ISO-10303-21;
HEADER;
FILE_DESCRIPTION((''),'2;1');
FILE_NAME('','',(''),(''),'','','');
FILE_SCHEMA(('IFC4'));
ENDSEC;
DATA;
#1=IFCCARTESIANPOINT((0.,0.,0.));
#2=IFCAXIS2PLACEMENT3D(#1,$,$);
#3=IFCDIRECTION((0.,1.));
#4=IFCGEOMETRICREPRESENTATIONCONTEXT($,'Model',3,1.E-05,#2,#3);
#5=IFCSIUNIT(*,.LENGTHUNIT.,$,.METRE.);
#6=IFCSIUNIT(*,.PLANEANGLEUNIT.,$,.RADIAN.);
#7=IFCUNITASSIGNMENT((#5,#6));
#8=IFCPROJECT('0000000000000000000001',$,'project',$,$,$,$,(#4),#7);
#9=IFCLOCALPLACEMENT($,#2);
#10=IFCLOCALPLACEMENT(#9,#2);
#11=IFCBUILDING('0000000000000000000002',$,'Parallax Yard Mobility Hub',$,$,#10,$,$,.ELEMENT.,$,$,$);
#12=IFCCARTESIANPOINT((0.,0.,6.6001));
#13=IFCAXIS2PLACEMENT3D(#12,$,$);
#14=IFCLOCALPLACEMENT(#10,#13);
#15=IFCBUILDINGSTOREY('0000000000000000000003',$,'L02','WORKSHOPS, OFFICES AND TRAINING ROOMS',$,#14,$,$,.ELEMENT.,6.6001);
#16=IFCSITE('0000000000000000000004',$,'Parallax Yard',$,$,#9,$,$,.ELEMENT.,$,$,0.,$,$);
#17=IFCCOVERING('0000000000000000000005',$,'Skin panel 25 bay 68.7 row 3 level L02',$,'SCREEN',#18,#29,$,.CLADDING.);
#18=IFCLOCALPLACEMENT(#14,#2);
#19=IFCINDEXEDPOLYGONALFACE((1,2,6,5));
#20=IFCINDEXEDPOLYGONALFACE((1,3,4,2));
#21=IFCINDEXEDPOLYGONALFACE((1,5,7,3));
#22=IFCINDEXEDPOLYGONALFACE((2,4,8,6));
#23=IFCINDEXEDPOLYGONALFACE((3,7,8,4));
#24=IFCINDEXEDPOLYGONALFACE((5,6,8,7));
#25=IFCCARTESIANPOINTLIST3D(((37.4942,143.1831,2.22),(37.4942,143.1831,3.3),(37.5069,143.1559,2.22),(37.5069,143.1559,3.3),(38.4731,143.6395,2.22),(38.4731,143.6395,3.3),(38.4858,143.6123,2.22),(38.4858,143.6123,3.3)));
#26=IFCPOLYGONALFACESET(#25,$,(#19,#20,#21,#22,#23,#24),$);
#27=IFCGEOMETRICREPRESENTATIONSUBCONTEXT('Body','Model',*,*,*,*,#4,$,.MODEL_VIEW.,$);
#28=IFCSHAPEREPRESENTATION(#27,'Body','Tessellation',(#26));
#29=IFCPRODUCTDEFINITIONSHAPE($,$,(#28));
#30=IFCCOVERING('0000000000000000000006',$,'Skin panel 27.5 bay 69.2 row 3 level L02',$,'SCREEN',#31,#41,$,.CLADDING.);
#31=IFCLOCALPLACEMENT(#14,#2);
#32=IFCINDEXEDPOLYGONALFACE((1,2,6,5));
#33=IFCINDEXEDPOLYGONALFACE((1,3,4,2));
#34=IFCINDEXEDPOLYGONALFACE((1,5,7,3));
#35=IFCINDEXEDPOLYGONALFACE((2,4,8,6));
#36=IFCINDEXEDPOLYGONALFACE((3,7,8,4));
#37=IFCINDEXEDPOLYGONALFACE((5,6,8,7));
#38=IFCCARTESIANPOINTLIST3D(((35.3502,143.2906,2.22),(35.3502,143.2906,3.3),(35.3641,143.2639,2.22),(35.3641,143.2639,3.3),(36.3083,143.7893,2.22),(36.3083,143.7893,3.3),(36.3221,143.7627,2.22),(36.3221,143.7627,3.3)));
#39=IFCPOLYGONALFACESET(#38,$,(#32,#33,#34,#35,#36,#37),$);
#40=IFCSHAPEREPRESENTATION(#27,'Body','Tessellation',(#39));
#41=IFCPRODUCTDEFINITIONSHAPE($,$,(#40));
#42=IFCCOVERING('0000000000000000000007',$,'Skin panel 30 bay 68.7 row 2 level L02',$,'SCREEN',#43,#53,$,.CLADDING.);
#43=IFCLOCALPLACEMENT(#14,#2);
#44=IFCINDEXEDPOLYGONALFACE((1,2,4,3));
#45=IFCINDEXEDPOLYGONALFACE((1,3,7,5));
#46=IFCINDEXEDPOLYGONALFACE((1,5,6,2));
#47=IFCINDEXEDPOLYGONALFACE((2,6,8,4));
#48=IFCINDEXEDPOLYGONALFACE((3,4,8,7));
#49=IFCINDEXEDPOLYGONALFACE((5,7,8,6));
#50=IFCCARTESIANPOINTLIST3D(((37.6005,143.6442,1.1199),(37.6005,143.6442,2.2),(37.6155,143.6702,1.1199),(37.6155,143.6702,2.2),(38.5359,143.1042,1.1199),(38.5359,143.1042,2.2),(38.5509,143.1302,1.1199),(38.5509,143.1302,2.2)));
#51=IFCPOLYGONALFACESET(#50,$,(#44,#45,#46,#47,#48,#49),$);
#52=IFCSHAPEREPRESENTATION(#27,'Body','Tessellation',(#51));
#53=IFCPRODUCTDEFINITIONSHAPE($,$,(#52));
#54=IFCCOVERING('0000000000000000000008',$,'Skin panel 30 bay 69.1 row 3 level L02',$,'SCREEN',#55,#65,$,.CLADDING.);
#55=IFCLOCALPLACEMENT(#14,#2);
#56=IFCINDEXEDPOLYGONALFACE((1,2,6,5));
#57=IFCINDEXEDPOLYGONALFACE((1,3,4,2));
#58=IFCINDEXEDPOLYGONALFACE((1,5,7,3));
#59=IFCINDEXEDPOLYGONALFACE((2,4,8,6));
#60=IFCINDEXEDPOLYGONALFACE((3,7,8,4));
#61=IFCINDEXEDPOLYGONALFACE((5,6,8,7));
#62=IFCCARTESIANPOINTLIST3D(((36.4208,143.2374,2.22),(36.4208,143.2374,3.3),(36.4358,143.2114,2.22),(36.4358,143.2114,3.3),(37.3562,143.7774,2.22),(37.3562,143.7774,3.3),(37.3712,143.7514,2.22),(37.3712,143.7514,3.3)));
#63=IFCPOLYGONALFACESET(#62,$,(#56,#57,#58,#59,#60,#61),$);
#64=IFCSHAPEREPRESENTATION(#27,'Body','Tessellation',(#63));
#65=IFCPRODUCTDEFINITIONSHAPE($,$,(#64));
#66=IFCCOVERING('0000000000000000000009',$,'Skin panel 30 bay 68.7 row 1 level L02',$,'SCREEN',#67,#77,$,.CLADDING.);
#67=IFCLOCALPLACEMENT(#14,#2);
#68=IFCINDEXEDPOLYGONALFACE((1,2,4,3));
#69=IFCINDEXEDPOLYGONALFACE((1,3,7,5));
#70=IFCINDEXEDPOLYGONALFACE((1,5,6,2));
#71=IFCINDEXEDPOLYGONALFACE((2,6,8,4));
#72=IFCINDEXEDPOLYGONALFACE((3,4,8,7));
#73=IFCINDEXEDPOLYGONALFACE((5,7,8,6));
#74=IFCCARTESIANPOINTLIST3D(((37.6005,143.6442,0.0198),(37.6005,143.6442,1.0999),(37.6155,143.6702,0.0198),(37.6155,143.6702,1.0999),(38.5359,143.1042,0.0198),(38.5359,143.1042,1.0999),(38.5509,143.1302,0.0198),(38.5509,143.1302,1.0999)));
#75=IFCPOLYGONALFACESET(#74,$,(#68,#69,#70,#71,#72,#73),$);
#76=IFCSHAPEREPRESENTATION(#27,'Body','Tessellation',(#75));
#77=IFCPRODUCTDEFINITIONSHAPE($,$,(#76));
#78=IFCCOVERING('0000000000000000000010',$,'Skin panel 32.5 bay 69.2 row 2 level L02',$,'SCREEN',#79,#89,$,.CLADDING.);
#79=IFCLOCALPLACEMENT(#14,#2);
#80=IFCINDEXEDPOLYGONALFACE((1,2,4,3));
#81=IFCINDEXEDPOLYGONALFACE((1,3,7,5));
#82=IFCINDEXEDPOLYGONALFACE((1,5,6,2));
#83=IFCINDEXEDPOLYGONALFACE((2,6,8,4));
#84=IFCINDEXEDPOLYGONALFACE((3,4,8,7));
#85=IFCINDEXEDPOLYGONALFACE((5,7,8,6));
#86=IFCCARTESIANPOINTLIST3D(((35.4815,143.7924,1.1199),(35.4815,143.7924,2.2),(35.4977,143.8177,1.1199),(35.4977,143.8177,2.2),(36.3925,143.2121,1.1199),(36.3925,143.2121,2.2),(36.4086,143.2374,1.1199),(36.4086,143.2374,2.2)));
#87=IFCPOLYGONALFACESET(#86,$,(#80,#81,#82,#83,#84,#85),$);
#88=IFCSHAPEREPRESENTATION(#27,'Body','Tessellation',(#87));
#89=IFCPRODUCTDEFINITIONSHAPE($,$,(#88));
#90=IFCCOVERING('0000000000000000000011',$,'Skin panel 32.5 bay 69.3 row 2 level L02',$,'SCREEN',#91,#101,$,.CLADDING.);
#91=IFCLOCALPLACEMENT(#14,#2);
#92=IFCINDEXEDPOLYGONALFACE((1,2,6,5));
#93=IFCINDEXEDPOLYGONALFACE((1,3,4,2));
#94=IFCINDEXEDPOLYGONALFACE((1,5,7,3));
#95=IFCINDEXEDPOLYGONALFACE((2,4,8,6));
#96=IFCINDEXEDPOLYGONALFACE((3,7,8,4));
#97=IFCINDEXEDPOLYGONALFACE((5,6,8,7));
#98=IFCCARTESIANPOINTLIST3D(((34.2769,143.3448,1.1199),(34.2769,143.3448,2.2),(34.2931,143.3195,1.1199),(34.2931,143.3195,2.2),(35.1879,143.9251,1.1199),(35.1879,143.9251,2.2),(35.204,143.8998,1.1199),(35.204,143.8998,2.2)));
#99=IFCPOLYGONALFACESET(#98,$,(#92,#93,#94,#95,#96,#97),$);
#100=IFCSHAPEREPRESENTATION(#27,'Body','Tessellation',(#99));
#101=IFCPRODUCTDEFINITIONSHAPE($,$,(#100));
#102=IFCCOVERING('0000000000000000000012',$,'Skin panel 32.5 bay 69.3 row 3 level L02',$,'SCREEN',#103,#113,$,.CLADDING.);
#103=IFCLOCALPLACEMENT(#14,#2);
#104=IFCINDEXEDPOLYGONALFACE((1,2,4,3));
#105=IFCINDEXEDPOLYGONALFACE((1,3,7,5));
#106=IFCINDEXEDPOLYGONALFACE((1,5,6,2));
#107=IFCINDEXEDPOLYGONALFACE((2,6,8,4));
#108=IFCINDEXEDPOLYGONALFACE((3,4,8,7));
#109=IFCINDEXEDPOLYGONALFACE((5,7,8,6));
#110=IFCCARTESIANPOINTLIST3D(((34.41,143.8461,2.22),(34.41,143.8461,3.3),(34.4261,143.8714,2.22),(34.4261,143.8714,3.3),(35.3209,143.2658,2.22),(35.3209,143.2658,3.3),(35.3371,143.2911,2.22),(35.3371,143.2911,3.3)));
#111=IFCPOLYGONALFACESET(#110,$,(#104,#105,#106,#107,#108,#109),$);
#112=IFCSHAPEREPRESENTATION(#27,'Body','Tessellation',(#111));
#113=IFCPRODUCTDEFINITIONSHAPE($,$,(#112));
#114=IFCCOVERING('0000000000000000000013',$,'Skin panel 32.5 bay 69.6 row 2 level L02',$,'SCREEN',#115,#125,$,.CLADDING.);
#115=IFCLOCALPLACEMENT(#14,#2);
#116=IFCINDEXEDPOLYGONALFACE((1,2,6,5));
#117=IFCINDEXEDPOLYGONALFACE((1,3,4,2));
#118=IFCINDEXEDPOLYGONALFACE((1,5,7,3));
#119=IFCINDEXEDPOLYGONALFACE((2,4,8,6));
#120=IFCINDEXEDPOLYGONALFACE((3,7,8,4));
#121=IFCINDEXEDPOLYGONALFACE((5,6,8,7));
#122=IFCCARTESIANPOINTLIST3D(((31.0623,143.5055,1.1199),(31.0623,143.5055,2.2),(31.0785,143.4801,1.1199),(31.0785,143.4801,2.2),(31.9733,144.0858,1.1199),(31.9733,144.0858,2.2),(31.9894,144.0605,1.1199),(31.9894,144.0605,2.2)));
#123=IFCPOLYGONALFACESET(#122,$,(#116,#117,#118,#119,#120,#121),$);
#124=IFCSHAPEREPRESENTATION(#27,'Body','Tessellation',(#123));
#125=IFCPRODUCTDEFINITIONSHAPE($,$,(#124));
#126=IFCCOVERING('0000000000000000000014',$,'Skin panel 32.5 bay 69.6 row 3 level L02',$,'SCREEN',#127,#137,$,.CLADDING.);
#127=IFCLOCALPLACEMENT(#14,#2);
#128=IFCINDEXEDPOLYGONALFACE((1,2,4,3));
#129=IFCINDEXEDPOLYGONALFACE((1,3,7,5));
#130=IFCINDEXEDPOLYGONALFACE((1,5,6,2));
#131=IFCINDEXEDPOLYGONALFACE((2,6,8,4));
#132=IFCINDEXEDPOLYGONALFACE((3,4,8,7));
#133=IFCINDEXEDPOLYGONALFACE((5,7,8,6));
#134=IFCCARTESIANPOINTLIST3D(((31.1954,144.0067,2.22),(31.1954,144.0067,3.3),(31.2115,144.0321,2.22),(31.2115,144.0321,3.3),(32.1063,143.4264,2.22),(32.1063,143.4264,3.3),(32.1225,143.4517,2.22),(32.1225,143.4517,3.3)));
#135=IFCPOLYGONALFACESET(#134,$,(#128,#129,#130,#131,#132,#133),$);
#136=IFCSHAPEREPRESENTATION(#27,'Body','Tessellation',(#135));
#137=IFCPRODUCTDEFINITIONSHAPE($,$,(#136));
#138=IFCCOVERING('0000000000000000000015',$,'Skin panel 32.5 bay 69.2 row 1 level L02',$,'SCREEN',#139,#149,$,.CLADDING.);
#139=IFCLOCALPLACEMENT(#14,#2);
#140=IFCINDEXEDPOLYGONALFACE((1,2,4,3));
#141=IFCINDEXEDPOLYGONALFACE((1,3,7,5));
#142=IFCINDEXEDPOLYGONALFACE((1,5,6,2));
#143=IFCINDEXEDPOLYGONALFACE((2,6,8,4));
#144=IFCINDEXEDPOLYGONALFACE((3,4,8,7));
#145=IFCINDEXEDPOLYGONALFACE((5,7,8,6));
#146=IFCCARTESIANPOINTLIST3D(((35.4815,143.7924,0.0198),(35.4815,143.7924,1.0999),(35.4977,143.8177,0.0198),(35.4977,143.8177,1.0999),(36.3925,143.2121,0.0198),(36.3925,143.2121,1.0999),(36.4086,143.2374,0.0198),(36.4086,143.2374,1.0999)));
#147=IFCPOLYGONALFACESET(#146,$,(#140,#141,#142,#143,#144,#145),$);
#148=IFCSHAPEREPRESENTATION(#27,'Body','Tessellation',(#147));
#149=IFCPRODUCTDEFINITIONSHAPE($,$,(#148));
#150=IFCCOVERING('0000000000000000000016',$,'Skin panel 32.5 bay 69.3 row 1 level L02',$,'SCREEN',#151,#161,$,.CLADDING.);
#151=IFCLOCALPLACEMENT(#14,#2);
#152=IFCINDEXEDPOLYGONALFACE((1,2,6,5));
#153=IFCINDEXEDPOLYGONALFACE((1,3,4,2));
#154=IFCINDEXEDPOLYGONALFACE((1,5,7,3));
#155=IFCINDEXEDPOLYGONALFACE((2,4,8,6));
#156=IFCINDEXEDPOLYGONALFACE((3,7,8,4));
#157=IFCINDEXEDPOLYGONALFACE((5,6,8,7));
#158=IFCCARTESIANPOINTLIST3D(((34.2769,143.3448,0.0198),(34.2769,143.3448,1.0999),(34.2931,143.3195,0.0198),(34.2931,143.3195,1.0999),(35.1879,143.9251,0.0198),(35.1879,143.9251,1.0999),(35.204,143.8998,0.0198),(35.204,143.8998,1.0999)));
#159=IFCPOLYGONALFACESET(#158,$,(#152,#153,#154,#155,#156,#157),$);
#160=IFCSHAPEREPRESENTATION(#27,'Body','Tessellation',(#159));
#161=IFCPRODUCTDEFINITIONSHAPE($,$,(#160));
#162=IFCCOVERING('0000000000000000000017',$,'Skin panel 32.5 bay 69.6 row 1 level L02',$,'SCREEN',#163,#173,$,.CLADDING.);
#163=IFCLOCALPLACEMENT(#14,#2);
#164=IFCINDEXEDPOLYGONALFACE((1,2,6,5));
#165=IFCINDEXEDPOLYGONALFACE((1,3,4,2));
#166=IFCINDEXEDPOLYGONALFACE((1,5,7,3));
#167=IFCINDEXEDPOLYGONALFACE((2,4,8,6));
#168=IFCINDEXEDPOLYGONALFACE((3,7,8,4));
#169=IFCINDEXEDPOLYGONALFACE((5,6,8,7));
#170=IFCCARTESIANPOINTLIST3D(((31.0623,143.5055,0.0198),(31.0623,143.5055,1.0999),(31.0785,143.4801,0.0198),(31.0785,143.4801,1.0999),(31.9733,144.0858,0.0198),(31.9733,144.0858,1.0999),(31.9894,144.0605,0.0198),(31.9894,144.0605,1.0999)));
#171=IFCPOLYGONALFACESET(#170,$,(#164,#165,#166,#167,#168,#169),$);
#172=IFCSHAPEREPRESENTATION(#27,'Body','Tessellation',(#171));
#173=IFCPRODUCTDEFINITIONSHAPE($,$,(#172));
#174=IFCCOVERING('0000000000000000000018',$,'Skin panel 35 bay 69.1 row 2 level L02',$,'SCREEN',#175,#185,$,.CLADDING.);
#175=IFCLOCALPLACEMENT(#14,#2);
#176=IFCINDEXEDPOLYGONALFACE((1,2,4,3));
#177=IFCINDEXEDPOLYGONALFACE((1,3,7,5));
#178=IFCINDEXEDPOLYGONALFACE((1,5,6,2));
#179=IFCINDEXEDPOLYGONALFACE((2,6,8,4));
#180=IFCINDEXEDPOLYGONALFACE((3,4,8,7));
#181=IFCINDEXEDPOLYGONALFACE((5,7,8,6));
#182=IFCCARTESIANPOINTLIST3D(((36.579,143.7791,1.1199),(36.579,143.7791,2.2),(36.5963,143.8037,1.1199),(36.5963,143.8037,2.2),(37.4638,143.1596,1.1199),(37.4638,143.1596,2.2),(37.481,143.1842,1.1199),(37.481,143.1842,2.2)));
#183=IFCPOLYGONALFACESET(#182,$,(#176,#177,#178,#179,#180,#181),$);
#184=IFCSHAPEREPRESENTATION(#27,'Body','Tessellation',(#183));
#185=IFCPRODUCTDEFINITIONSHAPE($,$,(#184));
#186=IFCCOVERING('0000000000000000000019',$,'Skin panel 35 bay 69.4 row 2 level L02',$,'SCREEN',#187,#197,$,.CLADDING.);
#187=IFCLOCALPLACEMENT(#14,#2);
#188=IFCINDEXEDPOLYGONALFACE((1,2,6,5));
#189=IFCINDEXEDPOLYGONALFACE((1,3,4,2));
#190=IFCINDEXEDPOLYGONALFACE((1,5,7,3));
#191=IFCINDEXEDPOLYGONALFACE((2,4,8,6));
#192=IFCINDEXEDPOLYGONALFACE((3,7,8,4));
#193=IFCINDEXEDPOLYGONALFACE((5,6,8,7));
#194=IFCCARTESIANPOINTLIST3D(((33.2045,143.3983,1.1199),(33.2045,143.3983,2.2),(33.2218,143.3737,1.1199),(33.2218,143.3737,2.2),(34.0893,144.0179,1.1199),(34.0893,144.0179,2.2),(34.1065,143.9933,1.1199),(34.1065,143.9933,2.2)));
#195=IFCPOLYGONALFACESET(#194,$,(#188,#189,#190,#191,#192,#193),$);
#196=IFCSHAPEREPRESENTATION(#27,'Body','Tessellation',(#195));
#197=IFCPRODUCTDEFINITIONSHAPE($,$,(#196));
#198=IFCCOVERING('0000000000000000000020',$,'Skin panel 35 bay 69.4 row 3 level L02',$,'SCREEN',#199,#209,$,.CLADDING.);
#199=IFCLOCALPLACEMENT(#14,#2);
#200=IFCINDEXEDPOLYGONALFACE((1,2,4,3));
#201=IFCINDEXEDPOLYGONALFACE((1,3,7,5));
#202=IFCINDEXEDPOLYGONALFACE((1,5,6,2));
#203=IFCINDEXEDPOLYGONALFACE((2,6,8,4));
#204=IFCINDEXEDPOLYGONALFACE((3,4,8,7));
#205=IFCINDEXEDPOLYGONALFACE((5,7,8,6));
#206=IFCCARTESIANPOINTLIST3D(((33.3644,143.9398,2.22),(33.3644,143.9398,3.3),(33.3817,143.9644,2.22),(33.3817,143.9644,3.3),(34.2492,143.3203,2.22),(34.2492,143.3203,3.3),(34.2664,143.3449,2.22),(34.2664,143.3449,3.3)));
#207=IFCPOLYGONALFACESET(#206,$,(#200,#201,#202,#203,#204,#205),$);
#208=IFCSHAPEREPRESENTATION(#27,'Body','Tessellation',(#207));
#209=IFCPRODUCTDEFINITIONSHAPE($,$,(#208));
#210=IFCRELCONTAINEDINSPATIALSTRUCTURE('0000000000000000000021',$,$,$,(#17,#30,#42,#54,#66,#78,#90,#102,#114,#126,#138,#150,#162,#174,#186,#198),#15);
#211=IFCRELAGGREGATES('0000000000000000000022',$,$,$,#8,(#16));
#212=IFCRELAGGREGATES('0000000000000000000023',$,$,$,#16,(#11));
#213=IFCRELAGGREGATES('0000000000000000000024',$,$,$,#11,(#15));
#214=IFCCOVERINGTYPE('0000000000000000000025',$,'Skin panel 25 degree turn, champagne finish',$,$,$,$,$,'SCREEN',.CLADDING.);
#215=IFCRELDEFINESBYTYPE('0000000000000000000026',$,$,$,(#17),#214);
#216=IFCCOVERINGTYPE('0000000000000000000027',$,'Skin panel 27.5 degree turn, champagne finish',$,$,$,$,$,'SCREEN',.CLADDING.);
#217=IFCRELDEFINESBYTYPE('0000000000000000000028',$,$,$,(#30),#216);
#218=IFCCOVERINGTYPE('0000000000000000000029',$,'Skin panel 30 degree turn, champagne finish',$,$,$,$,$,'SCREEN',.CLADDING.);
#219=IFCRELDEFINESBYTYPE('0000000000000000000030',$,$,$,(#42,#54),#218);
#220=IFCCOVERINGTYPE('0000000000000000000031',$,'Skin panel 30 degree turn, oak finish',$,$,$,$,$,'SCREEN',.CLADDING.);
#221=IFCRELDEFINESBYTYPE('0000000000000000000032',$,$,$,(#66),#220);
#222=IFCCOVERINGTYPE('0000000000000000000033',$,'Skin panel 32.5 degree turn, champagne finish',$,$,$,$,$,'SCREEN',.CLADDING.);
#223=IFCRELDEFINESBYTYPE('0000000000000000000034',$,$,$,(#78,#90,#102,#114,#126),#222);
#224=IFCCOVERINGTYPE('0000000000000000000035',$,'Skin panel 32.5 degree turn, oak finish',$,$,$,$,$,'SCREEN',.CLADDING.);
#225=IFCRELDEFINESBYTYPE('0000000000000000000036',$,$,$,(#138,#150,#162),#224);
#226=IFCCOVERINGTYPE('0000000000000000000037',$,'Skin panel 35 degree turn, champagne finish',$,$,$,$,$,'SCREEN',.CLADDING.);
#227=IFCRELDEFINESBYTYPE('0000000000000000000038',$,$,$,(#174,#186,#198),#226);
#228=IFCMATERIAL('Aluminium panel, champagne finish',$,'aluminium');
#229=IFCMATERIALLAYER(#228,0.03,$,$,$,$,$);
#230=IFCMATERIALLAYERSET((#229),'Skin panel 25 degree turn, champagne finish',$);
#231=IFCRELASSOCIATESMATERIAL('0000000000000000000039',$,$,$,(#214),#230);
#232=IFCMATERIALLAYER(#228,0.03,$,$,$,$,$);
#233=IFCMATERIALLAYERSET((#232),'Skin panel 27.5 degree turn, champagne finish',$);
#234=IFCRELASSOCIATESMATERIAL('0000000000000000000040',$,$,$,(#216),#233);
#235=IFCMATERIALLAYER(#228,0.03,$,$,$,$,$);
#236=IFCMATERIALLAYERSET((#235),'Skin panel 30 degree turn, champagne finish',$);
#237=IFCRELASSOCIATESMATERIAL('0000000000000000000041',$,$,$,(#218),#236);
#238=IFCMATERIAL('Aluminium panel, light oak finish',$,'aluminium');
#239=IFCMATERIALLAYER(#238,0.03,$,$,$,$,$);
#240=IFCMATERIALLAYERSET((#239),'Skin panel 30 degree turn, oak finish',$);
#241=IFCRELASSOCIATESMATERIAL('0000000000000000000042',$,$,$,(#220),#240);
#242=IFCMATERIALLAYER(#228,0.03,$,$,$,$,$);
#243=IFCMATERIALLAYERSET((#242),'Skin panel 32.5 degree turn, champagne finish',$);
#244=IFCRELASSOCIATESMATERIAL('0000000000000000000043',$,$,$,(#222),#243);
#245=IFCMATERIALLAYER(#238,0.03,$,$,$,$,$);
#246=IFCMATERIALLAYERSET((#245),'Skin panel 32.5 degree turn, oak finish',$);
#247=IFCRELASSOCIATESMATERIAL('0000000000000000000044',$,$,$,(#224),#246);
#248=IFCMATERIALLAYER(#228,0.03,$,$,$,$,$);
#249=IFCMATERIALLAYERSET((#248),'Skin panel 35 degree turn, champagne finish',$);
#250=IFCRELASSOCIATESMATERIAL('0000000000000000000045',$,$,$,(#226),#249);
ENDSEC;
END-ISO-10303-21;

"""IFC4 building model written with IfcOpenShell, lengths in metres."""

from ifc_helpers import new_model, si_unit, direction, frame, origin, origin_2d, place, context, subcontext, project, spatial, rectangle, extrude, material, layer, layer_set, type_object, element, save


model = new_model("IFC4")

# Units and contexts
model_context = context("Model", 3, precision=1e-05, world=origin(), true_north=direction((0.0, 1.0)))
body_context = subcontext(model_context, "Body", "Model", "MODEL_VIEW")
ifc_project = project(units=[si_unit("LENGTHUNIT", "METRE"), si_unit("PLANEANGLEUNIT", "RADIAN")], contexts=[model_context])

# Site, building, storey
site_placement = place(None, origin())
site = spatial("IfcSite", under=ifc_project, at=site_placement, Name="Parallax Yard", CompositionType="ELEMENT", RefElevation=0.0)
building_placement = place(site_placement, origin())
building = spatial("IfcBuilding", under=site, at=building_placement, Name="Parallax Yard Mobility Hub", CompositionType="ELEMENT")
storey_placement = place(building_placement, frame((0.0, 0.0, 6.6001)))
storey = spatial("IfcBuildingStorey", under=building, at=storey_placement, Name="L02", Description="WORKSHOPS, OFFICES AND TRAINING ROOMS", CompositionType="ELEMENT", Elevation=6.6001)

# Coverings
ifc_material_1 = material(Name="Aluminium panel, champagne finish", Category="aluminium")
ifc_layer_1 = layer(ifc_material_1, 0.03)
ifc_layer_set_1 = layer_set([ifc_layer_1], Name="Skin panel 25 degree turn, champagne finish")
covering_type_1 = type_object("IfcCoveringType", Name="Skin panel 25 degree turn, champagne finish", ElementType="SCREEN", PredefinedType="CLADDING", material=ifc_layer_set_1)
covering_1_placement = place(storey_placement, frame((37.99, 143.3977, 2.22), z_axis=(0.0, 0.0, 1.0), x_axis=(0.906308, 0.422618, 0.0)))
element("IfcCovering", 1, at=covering_1_placement, inside=storey, type_object=covering_type_1, Name="Skin panel 25 bay 68.7 row 3 level L02", ObjectType="SCREEN", PredefinedType="CLADDING", context=body_context, shape_type="SweptSolid", body=[
    extrude(rectangle(XDim=1.0801, YDim=0.03, at=origin_2d()), origin(), (0.0, 0.0, 1.0), 1.0801),
])
ifc_layer_2 = layer(ifc_material_1, 0.03)
ifc_layer_set_2 = layer_set([ifc_layer_2], Name="Skin panel 27.5 degree turn, champagne finish")
covering_type_2 = type_object("IfcCoveringType", Name="Skin panel 27.5 degree turn, champagne finish", ElementType="SCREEN", PredefinedType="CLADDING", material=ifc_layer_set_2)
covering_2_placement = place(storey_placement, frame((35.8362, 143.5266, 2.22), z_axis=(0.0, 0.0, 1.0), x_axis=(0.887011, 0.461749, 0.0)))
element("IfcCovering", 2, at=covering_2_placement, inside=storey, type_object=covering_type_2, Name="Skin panel 27.5 bay 69.2 row 3 level L02", ObjectType="SCREEN", PredefinedType="CLADDING", context=body_context, shape_type="SweptSolid", body=[
    extrude(rectangle(XDim=1.0801, YDim=0.03, at=origin_2d()), origin(), (0.0, 0.0, 1.0), 1.0801),
])
ifc_layer_3 = layer(ifc_material_1, 0.03)
ifc_layer_set_3 = layer_set([ifc_layer_3], Name="Skin panel 30 degree turn, champagne finish")
covering_type_3 = type_object("IfcCoveringType", Name="Skin panel 30 degree turn, champagne finish", ElementType="SCREEN", PredefinedType="CLADDING", material=ifc_layer_set_3)
for number, where, z_axis, x_axis, name in (
    (3, (38.0757, 143.3872, 1.1199), (0.0, 0.0, 1.0), (-0.866025, 0.5, 0.0), "Skin panel 30 bay 68.7 row 2 level L02"),
    (4, (36.896, 143.4944, 2.22), (0.0, 0.0, 1.0), (0.866025, 0.5, 0.0), "Skin panel 30 bay 69.1 row 3 level L02"),
):
    element("IfcCovering", number, at=place(storey_placement, frame(where, z_axis=z_axis, x_axis=x_axis)), inside=storey, type_object=covering_type_3, Name=name, ObjectType="SCREEN", PredefinedType="CLADDING", context=body_context, shape_type="SweptSolid", body=[
        extrude(rectangle(XDim=1.0801, YDim=0.03, at=origin_2d()), origin(), (0.0, 0.0, 1.0), 1.0801),
    ])
ifc_material_2 = material(Name="Aluminium panel, light oak finish", Category="aluminium")
ifc_layer_4 = layer(ifc_material_2, 0.03)
ifc_layer_set_4 = layer_set([ifc_layer_4], Name="Skin panel 30 degree turn, oak finish")
covering_type_4 = type_object("IfcCoveringType", Name="Skin panel 30 degree turn, oak finish", ElementType="SCREEN", PredefinedType="CLADDING", material=ifc_layer_set_4)
covering_3_placement = place(storey_placement, frame((38.0757, 143.3872, 0.0198), z_axis=(0.0, 0.0, 1.0), x_axis=(-0.866025, 0.5, 0.0)))
element("IfcCovering", 5, at=covering_3_placement, inside=storey, type_object=covering_type_4, Name="Skin panel 30 bay 68.7 row 1 level L02", ObjectType="SCREEN", PredefinedType="CLADDING", context=body_context, shape_type="SweptSolid", body=[
    extrude(rectangle(XDim=1.0801, YDim=0.03, at=origin_2d()), origin(), (0.0, 0.0, 1.0), 1.0801),
])
ifc_layer_5 = layer(ifc_material_1, 0.03)
ifc_layer_set_5 = layer_set([ifc_layer_5], Name="Skin panel 32.5 degree turn, champagne finish")
covering_type_5 = type_object("IfcCoveringType", Name="Skin panel 32.5 degree turn, champagne finish", ElementType="SCREEN", PredefinedType="CLADDING", material=ifc_layer_set_5)
for number, where, z_axis, x_axis, name in (
    (6, (35.9451, 143.5149, 1.1199), (0.0, 0.0, 1.0), (-0.843391, 0.5373, 0.0), "Skin panel 32.5 bay 69.2 row 2 level L02"),
    (7, (34.7405, 143.6223, 1.1199), (0.0, 0.0, 1.0), (0.843391, 0.5373, 0.0), "Skin panel 32.5 bay 69.3 row 2 level L02"),
    (8, (34.8735, 143.5686, 2.22), (0.0, 0.0, 1.0), (-0.843391, 0.5373, 0.0), "Skin panel 32.5 bay 69.3 row 3 level L02"),
    (9, (31.5259, 143.783, 1.1199), (0.0, 0.0, 1.0), (0.843391, 0.5373, 0.0), "Skin panel 32.5 bay 69.6 row 2 level L02"),
    (10, (31.6589, 143.7292, 2.22), (0.0, 0.0, 1.0), (-0.843391, 0.5373, 0.0), "Skin panel 32.5 bay 69.6 row 3 level L02"),
):
    element("IfcCovering", number, at=place(storey_placement, frame(where, z_axis=z_axis, x_axis=x_axis)), inside=storey, type_object=covering_type_5, Name=name, ObjectType="SCREEN", PredefinedType="CLADDING", context=body_context, shape_type="SweptSolid", body=[
        extrude(rectangle(XDim=1.0801, YDim=0.03, at=origin_2d()), origin(), (0.0, 0.0, 1.0), 1.0801),
    ])
ifc_layer_6 = layer(ifc_material_2, 0.03)
ifc_layer_set_6 = layer_set([ifc_layer_6], Name="Skin panel 32.5 degree turn, oak finish")
covering_type_6 = type_object("IfcCoveringType", Name="Skin panel 32.5 degree turn, oak finish", ElementType="SCREEN", PredefinedType="CLADDING", material=ifc_layer_set_6)
for number, where, z_axis, x_axis, name in (
    (11, (35.9451, 143.5149, 0.0198), (0.0, 0.0, 1.0), (-0.843391, 0.5373, 0.0), "Skin panel 32.5 bay 69.2 row 1 level L02"),
    (12, (34.7405, 143.6223, 0.0198), (0.0, 0.0, 1.0), (0.843391, 0.5373, 0.0), "Skin panel 32.5 bay 69.3 row 1 level L02"),
    (13, (31.5259, 143.783, 0.0198), (0.0, 0.0, 1.0), (0.843391, 0.5373, 0.0), "Skin panel 32.5 bay 69.6 row 1 level L02"),
):
    element("IfcCovering", number, at=place(storey_placement, frame(where, z_axis=z_axis, x_axis=x_axis)), inside=storey, type_object=covering_type_6, Name=name, ObjectType="SCREEN", PredefinedType="CLADDING", context=body_context, shape_type="SweptSolid", body=[
        extrude(rectangle(XDim=1.0801, YDim=0.03, at=origin_2d()), origin(), (0.0, 0.0, 1.0), 1.0801),
    ])
ifc_layer_7 = layer(ifc_material_1, 0.03)
ifc_layer_set_7 = layer_set([ifc_layer_7], Name="Skin panel 35 degree turn, champagne finish")
covering_type_7 = type_object("IfcCoveringType", Name="Skin panel 35 degree turn, champagne finish", ElementType="SCREEN", PredefinedType="CLADDING", material=ifc_layer_set_7)
for number, where, z_axis, x_axis, name in (
    (14, (37.03, 143.4817, 1.1199), (0.0, 0.0, 1.0), (-0.819152, 0.573576, 0.0), "Skin panel 35 bay 69.1 row 2 level L02"),
    (15, (33.6555, 143.6958, 1.1199), (0.0, 0.0, 1.0), (0.819152, 0.573576, 0.0), "Skin panel 35 bay 69.4 row 2 level L02"),
    (16, (33.8154, 143.6423, 2.22), (0.0, 0.0, 1.0), (-0.819152, 0.573576, 0.0), "Skin panel 35 bay 69.4 row 3 level L02"),
):
    element("IfcCovering", number, at=place(storey_placement, frame(where, z_axis=z_axis, x_axis=x_axis)), inside=storey, type_object=covering_type_7, Name=name, ObjectType="SCREEN", PredefinedType="CLADDING", context=body_context, shape_type="SweptSolid", body=[
        extrude(rectangle(XDim=1.0801, YDim=0.03, at=origin_2d()), origin(), (0.0, 0.0, 1.0), 1.0801),
    ])

save(model, "model.ifc")
